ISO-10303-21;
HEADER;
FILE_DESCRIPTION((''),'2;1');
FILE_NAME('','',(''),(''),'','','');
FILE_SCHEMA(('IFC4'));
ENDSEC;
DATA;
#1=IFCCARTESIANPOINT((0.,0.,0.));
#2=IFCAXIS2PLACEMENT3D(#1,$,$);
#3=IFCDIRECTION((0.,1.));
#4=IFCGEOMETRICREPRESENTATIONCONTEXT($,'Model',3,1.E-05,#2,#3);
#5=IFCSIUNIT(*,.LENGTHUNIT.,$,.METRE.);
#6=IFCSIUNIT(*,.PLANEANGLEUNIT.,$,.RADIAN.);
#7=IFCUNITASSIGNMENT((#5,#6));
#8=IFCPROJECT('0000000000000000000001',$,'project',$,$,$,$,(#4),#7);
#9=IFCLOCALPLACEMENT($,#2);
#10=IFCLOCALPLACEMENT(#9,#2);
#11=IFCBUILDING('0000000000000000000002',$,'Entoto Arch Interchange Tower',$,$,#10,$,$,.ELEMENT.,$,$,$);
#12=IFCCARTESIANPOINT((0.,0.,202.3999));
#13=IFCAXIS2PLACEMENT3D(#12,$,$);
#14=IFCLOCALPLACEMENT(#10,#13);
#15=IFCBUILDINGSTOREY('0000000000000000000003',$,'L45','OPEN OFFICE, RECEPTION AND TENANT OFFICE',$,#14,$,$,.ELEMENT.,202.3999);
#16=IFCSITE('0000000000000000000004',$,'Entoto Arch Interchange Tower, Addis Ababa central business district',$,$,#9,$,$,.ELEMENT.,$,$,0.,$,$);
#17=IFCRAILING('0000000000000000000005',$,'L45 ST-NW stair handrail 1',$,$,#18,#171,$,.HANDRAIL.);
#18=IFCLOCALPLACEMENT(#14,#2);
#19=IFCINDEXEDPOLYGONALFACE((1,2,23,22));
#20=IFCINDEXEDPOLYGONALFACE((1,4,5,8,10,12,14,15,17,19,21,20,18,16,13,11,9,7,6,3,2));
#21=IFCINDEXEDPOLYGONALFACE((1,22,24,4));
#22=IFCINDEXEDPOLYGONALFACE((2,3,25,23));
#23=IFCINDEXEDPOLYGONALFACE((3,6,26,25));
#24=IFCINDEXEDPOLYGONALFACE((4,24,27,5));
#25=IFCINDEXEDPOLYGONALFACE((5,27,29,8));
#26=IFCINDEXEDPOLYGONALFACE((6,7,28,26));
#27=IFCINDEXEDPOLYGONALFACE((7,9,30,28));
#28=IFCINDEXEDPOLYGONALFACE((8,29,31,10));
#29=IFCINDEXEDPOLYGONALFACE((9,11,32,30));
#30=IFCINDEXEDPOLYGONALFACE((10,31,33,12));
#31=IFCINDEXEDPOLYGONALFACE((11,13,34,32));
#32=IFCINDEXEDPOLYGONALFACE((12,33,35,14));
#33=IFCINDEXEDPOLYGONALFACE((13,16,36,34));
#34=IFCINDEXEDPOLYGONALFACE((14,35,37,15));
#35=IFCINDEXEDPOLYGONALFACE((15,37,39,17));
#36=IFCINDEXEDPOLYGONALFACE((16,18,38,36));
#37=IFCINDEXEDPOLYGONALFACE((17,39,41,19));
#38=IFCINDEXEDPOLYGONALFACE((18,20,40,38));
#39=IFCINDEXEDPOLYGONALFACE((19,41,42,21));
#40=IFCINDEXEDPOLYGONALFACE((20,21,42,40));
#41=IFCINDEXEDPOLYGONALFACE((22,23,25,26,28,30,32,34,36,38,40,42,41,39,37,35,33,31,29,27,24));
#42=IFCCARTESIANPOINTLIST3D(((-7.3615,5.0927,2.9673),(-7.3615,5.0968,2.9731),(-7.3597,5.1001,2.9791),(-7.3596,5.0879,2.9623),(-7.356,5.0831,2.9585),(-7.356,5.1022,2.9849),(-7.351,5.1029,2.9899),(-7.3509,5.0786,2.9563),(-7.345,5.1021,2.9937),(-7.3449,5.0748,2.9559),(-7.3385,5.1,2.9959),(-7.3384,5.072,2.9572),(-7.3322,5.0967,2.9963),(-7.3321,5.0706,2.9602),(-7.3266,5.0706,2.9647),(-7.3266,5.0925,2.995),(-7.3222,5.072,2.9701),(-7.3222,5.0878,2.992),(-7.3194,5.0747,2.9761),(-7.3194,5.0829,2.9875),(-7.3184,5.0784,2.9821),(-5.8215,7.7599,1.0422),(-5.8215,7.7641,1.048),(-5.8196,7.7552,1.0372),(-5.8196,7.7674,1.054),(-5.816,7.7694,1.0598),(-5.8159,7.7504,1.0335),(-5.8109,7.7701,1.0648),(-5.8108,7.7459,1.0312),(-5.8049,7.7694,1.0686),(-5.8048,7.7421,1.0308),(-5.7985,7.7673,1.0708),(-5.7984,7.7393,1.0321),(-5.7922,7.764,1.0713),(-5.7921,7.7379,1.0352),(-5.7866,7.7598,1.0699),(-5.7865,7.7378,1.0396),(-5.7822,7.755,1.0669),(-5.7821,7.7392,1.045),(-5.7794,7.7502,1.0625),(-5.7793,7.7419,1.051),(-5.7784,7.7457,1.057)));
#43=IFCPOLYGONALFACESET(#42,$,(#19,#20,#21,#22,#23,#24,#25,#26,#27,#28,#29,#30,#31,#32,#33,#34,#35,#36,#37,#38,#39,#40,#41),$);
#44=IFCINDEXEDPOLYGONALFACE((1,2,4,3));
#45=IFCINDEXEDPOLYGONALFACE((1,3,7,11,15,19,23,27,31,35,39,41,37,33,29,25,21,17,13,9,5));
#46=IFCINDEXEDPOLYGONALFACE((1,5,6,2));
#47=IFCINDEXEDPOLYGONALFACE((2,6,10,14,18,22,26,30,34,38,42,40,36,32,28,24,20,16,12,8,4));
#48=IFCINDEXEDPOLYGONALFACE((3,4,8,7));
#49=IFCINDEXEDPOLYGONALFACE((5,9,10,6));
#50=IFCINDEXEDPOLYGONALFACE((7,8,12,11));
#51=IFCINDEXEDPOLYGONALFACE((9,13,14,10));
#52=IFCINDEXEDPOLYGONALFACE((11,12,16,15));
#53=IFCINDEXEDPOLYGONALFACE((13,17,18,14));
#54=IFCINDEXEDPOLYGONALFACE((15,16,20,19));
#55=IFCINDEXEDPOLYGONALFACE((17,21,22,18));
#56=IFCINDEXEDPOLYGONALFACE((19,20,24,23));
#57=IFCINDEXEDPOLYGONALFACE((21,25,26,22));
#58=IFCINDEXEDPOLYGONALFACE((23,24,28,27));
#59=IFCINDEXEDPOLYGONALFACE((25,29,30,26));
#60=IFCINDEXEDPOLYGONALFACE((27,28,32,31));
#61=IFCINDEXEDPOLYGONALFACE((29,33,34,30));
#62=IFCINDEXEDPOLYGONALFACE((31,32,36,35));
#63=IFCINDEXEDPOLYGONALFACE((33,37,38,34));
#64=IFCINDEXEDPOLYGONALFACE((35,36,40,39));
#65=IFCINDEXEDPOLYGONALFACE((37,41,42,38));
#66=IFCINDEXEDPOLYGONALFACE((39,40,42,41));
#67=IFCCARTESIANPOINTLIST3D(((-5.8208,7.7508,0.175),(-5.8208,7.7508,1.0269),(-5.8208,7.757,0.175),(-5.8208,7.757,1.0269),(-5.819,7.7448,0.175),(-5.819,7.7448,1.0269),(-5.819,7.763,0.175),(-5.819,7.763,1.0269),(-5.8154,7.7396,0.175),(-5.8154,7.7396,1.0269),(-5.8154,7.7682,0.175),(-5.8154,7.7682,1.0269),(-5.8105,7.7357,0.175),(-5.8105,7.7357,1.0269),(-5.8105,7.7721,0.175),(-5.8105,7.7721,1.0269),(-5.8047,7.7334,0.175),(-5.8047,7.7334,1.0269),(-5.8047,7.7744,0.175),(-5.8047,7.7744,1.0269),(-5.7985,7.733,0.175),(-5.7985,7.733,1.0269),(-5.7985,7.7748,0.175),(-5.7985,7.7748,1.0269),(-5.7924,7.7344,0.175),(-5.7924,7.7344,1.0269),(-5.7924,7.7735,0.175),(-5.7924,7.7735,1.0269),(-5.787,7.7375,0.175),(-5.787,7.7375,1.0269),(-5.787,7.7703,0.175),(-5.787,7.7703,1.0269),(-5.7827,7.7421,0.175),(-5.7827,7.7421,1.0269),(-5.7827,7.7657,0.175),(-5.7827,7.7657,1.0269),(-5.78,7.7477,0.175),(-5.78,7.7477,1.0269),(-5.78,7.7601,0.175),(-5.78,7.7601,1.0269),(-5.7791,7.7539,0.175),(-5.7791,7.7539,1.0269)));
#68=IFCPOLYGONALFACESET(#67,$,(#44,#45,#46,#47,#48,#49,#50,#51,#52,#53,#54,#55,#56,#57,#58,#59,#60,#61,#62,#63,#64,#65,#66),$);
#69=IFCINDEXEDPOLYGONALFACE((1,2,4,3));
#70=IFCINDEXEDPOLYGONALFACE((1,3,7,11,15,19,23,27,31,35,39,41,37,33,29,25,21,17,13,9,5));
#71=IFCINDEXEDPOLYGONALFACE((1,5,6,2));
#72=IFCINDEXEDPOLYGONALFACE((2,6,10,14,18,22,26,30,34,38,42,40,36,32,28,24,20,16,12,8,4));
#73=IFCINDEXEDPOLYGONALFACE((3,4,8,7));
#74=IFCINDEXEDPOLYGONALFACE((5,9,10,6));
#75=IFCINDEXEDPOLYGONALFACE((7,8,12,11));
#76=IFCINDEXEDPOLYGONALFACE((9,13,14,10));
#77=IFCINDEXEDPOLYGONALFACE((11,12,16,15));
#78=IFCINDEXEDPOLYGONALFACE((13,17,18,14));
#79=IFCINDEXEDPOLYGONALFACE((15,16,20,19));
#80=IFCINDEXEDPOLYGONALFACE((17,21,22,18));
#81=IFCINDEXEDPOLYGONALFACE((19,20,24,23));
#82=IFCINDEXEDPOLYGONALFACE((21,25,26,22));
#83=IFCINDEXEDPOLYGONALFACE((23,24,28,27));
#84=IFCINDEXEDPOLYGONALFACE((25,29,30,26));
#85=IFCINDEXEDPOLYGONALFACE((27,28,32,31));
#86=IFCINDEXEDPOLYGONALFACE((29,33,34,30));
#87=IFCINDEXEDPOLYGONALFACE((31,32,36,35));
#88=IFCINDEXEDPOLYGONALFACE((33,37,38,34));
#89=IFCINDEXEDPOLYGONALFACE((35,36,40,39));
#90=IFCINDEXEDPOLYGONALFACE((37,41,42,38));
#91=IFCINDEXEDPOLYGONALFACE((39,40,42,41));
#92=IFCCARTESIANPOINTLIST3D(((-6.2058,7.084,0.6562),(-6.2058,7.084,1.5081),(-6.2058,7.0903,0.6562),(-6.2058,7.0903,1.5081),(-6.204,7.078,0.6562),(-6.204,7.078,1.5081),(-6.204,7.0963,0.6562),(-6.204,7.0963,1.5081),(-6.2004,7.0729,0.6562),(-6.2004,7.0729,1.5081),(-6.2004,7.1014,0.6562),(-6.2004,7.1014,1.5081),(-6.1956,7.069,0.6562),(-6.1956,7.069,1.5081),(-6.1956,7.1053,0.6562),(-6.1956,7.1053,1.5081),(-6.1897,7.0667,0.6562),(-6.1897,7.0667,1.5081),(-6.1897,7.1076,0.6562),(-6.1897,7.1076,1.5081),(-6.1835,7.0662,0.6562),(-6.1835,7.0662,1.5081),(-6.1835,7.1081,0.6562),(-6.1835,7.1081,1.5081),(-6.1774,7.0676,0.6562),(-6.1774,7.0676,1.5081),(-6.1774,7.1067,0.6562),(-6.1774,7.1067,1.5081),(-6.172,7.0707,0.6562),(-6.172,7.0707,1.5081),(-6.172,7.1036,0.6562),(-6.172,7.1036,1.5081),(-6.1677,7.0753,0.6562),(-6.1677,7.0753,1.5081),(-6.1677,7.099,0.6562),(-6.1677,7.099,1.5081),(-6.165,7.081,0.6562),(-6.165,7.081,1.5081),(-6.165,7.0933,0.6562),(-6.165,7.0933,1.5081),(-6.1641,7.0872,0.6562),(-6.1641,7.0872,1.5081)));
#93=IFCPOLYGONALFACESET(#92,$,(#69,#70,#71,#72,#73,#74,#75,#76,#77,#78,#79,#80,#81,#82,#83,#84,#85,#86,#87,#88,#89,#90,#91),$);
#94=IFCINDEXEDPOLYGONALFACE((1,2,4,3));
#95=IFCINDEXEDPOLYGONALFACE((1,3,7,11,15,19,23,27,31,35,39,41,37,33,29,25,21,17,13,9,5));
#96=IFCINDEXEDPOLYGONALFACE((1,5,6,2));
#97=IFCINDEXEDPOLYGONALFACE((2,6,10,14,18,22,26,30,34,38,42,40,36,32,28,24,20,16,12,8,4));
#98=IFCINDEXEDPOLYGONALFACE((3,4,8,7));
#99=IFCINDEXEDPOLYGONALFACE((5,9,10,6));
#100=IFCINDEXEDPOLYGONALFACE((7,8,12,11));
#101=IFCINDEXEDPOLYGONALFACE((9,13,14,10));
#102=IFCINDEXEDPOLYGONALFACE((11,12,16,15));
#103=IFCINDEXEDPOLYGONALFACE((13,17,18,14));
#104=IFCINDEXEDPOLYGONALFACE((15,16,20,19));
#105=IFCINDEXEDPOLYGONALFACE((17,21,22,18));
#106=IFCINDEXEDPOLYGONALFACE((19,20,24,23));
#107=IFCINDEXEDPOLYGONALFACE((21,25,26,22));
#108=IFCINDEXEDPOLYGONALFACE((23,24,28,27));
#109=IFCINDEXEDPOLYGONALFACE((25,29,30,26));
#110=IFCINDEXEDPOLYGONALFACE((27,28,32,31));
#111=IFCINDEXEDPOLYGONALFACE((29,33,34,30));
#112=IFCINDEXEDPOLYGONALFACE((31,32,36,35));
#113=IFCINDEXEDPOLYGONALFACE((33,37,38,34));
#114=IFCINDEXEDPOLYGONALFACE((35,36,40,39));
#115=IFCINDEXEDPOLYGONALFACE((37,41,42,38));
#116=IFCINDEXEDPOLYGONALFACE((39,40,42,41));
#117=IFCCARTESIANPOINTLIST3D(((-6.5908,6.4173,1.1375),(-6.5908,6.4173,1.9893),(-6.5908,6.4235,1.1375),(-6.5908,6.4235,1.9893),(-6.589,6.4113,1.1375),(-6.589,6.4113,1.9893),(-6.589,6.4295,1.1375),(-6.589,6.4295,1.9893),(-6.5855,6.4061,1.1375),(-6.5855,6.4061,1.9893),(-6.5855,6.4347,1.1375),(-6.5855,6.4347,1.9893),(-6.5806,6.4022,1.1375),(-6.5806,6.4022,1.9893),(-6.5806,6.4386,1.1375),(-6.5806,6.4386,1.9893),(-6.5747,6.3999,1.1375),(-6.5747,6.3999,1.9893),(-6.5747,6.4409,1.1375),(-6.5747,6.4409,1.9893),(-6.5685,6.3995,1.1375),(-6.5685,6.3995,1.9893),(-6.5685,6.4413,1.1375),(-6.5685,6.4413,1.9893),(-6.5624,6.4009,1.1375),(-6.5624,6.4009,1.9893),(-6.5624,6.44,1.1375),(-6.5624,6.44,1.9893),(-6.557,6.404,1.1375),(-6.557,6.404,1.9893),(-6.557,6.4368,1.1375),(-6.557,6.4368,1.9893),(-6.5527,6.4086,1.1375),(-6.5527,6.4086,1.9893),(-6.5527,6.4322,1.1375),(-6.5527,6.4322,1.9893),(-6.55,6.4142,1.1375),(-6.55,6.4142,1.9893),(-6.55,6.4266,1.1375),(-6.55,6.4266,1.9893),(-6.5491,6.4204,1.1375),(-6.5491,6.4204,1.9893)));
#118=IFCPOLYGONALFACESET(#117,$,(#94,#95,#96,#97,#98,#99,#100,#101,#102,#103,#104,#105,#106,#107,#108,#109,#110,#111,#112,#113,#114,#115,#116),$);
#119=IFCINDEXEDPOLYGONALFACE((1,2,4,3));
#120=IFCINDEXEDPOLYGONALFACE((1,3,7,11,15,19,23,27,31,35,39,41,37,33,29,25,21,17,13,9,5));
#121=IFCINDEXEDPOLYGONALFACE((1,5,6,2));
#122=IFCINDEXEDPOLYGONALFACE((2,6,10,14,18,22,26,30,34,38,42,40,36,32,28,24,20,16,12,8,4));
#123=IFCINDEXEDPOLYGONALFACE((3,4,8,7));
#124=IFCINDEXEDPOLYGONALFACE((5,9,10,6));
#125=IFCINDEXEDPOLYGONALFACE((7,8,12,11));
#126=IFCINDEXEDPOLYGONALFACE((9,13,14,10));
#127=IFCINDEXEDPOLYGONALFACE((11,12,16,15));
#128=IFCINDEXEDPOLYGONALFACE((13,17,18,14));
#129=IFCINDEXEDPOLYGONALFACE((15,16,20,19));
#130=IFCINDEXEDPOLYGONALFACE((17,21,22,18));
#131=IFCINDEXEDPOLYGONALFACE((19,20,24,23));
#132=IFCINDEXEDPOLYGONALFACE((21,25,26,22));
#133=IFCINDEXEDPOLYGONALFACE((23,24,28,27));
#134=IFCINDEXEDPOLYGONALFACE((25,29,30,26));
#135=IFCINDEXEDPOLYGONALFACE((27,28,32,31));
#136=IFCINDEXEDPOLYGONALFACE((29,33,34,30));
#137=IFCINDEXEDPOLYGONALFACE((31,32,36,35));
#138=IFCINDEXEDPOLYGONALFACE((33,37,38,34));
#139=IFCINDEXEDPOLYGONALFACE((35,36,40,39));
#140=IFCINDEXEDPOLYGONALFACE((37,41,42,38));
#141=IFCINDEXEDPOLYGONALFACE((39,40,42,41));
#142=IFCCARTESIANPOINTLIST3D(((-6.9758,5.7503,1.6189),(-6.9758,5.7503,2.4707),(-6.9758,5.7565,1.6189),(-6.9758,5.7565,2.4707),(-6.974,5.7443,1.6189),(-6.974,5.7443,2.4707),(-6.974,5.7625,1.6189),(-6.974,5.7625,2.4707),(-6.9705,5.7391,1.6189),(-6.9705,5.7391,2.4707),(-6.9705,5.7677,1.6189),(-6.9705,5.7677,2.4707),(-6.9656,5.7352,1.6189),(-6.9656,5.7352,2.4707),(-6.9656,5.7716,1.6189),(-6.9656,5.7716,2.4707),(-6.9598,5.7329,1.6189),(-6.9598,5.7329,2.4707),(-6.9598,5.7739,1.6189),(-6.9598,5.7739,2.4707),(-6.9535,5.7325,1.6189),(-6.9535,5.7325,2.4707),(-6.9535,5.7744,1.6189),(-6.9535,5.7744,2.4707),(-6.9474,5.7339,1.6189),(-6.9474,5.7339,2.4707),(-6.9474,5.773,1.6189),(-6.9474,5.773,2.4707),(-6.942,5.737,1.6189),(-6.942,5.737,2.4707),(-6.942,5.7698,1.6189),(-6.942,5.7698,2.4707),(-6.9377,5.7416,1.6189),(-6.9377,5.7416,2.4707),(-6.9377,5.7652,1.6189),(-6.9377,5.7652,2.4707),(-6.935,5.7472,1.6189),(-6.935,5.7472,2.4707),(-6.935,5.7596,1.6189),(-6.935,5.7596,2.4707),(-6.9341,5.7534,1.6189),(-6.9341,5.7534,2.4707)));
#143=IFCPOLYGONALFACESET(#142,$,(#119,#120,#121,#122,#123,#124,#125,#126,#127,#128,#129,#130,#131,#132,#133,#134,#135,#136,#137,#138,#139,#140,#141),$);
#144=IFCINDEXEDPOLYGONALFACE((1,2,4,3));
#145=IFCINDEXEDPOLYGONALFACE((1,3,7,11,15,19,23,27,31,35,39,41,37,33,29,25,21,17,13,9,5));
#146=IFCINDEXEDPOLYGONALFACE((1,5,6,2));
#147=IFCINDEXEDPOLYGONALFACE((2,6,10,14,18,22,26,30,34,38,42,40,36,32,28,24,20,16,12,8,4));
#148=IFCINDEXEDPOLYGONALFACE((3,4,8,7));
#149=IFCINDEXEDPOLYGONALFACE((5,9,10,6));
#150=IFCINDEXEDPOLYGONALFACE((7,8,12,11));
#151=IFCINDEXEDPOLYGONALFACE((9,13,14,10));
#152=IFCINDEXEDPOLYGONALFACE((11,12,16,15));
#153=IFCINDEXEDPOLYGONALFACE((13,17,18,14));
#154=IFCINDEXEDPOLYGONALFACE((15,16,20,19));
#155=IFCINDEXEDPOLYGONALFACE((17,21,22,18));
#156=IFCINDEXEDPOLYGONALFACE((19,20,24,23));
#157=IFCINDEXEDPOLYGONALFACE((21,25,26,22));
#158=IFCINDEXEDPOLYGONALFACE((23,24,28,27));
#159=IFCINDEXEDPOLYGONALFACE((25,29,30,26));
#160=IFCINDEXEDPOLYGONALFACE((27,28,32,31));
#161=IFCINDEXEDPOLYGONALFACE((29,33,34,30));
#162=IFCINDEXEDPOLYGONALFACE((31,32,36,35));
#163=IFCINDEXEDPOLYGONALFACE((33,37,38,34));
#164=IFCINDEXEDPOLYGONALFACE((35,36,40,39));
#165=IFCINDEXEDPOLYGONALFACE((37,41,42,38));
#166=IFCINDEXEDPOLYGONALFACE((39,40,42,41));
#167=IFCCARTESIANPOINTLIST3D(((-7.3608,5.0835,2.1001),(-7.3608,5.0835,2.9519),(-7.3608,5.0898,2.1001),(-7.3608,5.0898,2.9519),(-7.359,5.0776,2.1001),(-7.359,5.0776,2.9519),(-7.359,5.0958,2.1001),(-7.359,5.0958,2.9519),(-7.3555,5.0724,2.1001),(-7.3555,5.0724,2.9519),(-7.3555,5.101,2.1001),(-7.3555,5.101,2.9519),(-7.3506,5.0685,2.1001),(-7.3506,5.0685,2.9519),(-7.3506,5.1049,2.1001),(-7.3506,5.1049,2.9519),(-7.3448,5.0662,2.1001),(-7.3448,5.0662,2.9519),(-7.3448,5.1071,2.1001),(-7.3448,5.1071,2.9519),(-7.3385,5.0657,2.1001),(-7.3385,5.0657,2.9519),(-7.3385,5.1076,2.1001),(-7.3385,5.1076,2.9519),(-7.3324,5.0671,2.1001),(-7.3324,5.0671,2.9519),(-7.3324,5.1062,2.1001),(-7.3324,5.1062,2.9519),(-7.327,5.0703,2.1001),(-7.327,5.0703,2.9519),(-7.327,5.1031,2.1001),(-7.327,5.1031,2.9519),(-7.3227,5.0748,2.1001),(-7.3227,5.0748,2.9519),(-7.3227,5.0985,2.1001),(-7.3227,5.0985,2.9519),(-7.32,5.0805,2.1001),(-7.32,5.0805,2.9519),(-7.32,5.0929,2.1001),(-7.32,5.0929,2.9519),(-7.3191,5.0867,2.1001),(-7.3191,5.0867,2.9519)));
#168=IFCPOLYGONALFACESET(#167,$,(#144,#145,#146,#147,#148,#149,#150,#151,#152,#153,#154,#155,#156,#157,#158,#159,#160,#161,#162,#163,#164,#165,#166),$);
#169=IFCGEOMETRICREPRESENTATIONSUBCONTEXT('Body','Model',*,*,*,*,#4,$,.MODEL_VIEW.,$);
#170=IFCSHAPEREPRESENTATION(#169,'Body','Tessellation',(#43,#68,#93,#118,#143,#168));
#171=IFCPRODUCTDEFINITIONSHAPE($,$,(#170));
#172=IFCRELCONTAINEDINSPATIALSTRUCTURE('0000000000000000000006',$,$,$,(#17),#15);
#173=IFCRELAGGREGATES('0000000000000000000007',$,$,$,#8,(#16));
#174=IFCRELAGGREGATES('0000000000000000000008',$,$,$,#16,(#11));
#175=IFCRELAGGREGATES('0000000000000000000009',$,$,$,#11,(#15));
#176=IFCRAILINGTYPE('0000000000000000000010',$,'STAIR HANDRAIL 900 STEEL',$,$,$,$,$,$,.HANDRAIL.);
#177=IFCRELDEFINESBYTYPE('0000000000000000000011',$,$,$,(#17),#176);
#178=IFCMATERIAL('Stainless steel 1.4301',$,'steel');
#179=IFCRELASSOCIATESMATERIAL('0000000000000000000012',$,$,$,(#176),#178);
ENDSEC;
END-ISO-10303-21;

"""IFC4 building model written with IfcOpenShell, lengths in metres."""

from ifc_helpers import new_model, si_unit, direction, frame, origin, origin_2d, place, context, subcontext, project, spatial, circle, extrude, material, type_object, element, save


model = new_model("IFC4")

# Units and contexts
model_context = context("Model", 3, precision=1e-05, world=origin(), true_north=direction((0.0, 1.0)))
body_context = subcontext(model_context, "Body", "Model", "MODEL_VIEW")
ifc_project = project(units=[si_unit("LENGTHUNIT", "METRE"), si_unit("PLANEANGLEUNIT", "RADIAN")], contexts=[model_context])

# Site, building, storey
site_placement = place(None, origin())
site = spatial("IfcSite", under=ifc_project, at=site_placement, Name="Entoto Arch Interchange Tower, Addis Ababa central business district", CompositionType="ELEMENT", RefElevation=0.0)
building_placement = place(site_placement, origin())
building = spatial("IfcBuilding", under=site, at=building_placement, Name="Entoto Arch Interchange Tower", CompositionType="ELEMENT")
storey_placement = place(building_placement, frame((0.0, 0.0, 202.3999)))
storey = spatial("IfcBuildingStorey", under=building, at=storey_placement, Name="L45", Description="OPEN OFFICE, RECEPTION AND TENANT OFFICE", CompositionType="ELEMENT", Elevation=202.3999)

# Railing
ifc_material_1 = material(Name="Stainless steel 1.4301", Category="steel")
railing_type_1 = type_object("IfcRailingType", Name="STAIR HANDRAIL 900 STEEL", PredefinedType="HANDRAIL", material=ifc_material_1)
railing_1_placement = place(storey_placement, frame((-5.8, 7.7539, 0.175)))
element("IfcRailing", 1, at=railing_1_placement, inside=storey, type_object=railing_type_1, Name="L45 ST-NW stair handrail 1", PredefinedType="HANDRAIL", context=body_context, shape_type="SweptSolid", body=[
    extrude(circle(Radius=0.0239, at=origin_2d()), frame((0.0, 0.0, 0.876), z_axis=(-0.424015, -0.734364, 0.530019), x_axis=(0.86601, -0.500027, 0.0)), (0.0, 0.0, 1.0), 3.6321),
    extrude(circle(Radius=0.021, at=origin_2d()), origin(), (0.0, 0.0, 1.0), 0.8518),
    extrude(circle(Radius=0.021, at=origin_2d()), frame((-0.385, -0.6667, 0.4812)), (0.0, 0.0, 1.0), 0.8518),
    extrude(circle(Radius=0.021, at=origin_2d()), frame((-0.77, -1.3335, 0.9624)), (0.0, 0.0, 1.0), 0.8518),
    extrude(circle(Radius=0.021, at=origin_2d()), frame((-1.155, -2.0005, 1.4438)), (0.0, 0.0, 1.0), 0.8518),
    extrude(circle(Radius=0.021, at=origin_2d()), frame((-1.54, -2.6672, 1.925)), (0.0, 0.0, 1.0), 0.8518),
])

save(model, "model.ifc")
